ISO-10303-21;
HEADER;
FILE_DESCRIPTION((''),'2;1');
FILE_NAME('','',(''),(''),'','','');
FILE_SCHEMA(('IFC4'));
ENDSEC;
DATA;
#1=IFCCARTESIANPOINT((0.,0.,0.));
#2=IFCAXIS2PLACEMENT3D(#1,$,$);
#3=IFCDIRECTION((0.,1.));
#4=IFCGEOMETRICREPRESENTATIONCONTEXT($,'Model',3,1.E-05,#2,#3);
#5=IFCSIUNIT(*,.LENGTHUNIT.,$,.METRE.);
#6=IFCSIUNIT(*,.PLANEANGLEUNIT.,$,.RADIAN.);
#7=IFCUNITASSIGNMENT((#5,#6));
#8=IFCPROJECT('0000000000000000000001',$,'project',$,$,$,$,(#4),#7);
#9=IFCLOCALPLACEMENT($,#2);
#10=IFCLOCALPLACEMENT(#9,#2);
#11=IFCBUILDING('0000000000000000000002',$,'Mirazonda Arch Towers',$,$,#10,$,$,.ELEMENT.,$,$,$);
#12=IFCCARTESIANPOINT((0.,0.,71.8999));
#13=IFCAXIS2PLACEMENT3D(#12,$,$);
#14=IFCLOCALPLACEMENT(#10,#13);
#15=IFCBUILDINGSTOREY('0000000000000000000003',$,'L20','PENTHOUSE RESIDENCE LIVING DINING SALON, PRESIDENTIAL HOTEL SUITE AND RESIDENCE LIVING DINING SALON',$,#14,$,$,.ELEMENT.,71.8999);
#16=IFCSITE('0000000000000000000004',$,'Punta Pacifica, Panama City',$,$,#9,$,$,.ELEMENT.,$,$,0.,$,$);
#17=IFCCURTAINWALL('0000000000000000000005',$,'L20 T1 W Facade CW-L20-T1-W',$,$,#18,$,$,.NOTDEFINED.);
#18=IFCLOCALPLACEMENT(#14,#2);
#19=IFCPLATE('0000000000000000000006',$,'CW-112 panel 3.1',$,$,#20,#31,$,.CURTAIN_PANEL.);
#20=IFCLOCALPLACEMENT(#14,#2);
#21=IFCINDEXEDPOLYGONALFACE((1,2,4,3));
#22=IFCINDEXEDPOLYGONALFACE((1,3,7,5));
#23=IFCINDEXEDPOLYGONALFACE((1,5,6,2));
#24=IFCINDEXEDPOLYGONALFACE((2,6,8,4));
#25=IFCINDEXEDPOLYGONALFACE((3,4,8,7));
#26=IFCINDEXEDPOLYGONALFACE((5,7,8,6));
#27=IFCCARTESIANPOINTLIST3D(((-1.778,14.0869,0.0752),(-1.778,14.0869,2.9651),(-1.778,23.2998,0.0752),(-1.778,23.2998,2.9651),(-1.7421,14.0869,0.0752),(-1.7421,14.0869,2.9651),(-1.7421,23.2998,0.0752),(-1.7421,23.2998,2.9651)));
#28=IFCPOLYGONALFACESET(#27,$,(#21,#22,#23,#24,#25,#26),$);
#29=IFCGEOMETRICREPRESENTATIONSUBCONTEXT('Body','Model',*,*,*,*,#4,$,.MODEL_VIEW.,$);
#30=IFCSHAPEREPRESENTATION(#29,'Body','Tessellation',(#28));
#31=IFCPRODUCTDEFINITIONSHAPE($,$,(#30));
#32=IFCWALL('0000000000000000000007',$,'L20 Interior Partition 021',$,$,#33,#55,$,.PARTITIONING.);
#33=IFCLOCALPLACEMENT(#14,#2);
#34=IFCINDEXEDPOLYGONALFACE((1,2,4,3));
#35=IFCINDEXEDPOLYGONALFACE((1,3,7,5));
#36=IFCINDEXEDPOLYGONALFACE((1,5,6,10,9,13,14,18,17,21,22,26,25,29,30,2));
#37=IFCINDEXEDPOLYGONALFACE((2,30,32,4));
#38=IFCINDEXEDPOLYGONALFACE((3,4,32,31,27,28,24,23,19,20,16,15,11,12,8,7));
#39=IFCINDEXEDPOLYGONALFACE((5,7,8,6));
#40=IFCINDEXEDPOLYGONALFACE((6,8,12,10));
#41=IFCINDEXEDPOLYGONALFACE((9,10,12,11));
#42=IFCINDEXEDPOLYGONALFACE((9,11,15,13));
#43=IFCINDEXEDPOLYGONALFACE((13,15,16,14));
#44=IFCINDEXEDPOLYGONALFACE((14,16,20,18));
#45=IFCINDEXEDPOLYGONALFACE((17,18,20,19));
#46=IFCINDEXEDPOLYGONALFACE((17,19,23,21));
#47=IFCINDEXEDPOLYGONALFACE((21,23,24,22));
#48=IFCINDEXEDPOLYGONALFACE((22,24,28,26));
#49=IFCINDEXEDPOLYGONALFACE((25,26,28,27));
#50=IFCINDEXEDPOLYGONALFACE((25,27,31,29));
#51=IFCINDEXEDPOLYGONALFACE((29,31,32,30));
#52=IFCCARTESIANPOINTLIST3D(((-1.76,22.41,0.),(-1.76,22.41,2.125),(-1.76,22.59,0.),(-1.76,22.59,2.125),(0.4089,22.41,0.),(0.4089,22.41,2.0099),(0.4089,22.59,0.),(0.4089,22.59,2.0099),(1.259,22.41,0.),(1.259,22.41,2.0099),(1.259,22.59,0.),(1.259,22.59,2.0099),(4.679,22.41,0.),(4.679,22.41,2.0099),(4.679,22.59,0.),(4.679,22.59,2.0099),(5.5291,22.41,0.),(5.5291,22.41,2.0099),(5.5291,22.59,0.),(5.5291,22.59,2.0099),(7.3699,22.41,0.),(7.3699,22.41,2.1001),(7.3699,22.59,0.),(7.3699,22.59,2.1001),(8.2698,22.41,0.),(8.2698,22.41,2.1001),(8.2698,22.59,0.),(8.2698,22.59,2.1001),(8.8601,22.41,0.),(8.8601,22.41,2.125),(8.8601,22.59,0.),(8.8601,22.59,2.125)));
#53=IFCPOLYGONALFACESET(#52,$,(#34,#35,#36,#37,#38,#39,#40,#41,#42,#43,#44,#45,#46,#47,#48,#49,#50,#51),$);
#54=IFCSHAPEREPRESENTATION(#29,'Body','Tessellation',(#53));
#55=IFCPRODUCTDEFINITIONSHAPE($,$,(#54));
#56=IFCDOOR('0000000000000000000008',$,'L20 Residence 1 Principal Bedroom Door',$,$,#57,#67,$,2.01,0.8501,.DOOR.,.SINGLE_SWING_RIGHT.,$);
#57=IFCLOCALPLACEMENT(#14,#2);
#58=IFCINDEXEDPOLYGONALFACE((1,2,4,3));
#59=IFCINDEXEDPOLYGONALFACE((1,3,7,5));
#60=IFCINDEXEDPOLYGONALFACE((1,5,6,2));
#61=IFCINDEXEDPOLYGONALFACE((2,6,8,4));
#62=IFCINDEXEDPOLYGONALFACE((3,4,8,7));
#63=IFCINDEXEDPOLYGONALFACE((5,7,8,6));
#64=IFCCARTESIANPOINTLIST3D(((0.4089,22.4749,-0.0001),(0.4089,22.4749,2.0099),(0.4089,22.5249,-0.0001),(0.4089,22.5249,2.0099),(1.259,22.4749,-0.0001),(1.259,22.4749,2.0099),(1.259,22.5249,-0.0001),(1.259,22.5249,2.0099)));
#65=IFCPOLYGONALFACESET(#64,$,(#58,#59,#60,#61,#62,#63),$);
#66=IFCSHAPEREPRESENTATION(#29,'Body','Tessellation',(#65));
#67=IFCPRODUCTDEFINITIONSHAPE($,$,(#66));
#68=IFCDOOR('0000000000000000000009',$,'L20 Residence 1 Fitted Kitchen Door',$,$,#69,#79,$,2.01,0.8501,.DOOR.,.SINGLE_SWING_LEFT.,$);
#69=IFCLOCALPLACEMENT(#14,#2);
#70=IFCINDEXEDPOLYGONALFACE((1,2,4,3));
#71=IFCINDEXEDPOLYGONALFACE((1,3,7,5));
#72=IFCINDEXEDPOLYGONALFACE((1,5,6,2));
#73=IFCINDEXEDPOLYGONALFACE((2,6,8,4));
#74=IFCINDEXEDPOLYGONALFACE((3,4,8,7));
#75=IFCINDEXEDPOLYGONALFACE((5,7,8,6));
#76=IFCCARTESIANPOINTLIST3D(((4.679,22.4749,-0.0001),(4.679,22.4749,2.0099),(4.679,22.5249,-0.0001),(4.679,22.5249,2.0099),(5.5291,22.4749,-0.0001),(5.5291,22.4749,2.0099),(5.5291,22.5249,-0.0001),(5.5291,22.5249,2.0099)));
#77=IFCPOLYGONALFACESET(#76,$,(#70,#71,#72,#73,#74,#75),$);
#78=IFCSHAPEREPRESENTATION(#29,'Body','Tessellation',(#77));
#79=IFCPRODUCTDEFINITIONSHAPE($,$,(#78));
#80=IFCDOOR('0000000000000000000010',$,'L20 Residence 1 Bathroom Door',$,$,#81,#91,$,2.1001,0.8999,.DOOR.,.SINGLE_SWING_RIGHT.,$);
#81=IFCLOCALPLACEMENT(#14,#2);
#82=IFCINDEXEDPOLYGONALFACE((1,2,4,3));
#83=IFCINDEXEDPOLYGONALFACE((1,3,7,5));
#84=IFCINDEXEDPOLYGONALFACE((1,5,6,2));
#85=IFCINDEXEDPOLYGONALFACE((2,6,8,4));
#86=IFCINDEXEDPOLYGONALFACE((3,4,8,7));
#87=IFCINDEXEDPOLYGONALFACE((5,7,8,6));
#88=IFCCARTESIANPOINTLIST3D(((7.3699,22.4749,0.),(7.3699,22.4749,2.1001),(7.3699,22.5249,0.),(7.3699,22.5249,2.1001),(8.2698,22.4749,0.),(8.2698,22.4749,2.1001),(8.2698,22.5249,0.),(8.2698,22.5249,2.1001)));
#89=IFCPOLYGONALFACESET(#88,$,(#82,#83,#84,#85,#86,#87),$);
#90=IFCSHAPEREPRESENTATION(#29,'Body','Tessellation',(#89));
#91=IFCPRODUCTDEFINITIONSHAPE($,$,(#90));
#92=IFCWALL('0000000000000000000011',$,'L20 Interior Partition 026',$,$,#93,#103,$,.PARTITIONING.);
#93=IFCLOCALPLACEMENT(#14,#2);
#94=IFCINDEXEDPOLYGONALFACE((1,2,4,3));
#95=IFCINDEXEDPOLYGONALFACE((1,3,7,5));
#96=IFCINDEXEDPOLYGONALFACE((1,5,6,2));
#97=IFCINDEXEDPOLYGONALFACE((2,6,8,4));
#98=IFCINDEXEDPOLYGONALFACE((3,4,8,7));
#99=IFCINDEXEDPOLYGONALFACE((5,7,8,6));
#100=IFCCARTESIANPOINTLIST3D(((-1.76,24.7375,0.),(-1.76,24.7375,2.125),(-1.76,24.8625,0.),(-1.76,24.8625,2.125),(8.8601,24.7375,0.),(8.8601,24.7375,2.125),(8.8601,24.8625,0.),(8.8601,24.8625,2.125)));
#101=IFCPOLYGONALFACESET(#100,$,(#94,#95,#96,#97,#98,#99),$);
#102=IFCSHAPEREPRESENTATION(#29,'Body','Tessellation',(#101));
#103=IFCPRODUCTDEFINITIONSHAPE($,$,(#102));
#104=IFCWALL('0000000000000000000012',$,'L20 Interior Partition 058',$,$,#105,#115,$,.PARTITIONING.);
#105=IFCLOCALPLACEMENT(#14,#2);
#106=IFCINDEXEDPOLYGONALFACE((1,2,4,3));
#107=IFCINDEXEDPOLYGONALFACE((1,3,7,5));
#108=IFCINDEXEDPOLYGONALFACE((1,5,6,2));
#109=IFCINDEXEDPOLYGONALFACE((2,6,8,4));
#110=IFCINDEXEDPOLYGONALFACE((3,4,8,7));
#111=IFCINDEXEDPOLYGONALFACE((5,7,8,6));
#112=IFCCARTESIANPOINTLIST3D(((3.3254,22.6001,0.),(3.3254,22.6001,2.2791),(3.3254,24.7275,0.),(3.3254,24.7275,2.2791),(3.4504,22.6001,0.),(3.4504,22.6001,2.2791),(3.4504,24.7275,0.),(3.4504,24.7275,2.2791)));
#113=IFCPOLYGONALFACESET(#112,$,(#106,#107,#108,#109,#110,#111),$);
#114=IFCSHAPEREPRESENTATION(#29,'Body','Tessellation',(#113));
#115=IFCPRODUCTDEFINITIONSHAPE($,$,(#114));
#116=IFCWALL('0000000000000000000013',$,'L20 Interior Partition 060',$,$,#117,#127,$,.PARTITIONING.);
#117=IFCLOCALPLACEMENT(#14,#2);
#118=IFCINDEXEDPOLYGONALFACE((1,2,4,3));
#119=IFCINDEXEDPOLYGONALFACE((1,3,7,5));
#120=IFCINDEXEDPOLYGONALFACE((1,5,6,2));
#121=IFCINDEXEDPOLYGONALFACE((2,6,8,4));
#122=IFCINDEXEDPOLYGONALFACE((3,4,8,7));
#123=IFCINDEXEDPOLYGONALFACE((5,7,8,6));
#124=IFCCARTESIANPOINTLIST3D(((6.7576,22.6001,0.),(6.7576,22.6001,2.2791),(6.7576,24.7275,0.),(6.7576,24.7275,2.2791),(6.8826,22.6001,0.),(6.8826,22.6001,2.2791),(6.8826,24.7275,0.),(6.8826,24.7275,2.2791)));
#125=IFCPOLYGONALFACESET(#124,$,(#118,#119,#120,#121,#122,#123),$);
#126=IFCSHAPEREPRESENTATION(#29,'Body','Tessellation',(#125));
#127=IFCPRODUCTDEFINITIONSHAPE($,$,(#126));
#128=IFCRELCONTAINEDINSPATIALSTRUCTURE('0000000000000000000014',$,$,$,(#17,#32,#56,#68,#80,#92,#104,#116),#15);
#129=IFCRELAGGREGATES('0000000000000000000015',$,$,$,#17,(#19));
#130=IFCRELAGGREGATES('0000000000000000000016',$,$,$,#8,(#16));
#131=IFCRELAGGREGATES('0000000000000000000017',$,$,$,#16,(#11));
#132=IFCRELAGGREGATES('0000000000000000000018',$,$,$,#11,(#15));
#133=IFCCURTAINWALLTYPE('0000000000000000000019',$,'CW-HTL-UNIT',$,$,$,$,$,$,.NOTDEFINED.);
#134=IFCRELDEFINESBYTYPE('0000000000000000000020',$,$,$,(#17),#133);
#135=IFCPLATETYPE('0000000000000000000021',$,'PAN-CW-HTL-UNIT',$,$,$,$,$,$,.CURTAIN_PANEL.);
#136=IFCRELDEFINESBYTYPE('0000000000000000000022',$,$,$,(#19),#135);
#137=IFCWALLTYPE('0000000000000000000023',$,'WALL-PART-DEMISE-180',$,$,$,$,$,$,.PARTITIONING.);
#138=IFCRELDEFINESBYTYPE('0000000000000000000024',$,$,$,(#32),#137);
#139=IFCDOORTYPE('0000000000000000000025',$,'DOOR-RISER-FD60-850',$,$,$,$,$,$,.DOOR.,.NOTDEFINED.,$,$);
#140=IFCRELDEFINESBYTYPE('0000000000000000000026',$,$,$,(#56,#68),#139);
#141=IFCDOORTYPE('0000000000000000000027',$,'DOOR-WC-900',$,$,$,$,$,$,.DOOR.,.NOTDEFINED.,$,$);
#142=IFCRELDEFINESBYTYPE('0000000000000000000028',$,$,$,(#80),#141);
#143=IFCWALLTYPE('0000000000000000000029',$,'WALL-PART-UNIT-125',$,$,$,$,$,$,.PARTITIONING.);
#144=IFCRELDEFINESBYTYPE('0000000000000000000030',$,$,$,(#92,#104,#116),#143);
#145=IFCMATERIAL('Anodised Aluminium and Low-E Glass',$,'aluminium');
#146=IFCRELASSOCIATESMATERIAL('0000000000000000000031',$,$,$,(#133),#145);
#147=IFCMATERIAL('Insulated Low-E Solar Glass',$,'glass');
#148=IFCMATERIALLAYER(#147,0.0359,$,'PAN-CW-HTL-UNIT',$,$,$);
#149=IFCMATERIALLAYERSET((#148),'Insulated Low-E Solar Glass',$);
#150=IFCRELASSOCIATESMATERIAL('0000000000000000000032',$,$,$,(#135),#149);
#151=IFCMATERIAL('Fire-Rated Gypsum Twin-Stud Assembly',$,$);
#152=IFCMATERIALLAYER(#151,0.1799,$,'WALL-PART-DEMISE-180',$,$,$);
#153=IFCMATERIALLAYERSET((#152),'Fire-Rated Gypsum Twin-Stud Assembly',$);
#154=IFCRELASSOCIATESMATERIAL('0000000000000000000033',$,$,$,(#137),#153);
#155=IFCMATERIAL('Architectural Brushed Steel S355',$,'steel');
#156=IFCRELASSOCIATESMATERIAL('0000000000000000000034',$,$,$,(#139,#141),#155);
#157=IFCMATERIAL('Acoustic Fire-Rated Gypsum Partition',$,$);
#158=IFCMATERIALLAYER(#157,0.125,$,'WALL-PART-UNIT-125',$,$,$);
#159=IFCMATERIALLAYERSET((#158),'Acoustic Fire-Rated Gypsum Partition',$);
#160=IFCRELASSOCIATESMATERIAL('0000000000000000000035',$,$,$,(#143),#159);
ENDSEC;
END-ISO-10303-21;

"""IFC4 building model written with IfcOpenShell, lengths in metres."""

from ifc_helpers import new_model, si_unit, direction, frame, frame_2d, origin, origin_2d, place, context, subcontext, project, spatial, rectangle, extrude, material, layer, layer_set, type_object, element, fill, aggregate, save


model = new_model("IFC4")

# Units and contexts
model_context = context("Model", 3, precision=1e-05, world=origin(), true_north=direction((0.0, 1.0)))
body_context = subcontext(model_context, "Body", "Model", "MODEL_VIEW")
ifc_project = project(units=[si_unit("LENGTHUNIT", "METRE"), si_unit("PLANEANGLEUNIT", "RADIAN")], contexts=[model_context])

# Site, building, storey
site_placement = place(None, origin())
site = spatial("IfcSite", under=ifc_project, at=site_placement, Name="Punta Pacifica, Panama City", CompositionType="ELEMENT", RefElevation=0.0)
building_placement = place(site_placement, origin())
building = spatial("IfcBuilding", under=site, at=building_placement, Name="Mirazonda Arch Towers", CompositionType="ELEMENT")
storey_placement = place(building_placement, frame((0.0, 0.0, 71.8999)))
storey = spatial("IfcBuildingStorey", under=building, at=storey_placement, Name="L20", Description="PENTHOUSE RESIDENCE LIVING DINING SALON, PRESIDENTIAL HOTEL SUITE AND RESIDENCE LIVING DINING SALON", CompositionType="ELEMENT", Elevation=71.8999)

# Curtain wall, plate
ifc_material_1 = material(Name="Anodised Aluminium and Low-E Glass", Category="aluminium")
curtain_wall_type = type_object("IfcCurtainWallType", Name="CW-HTL-UNIT", PredefinedType="NOTDEFINED", material=ifc_material_1)
curtain_wall_placement = place(storey_placement, origin())
curtain_wall = element("IfcCurtainWall", 1, at=curtain_wall_placement, inside=storey, type_object=curtain_wall_type, Name="L20 T1 W Facade CW-L20-T1-W", PredefinedType="NOTDEFINED")
ifc_material_2 = material(Name="Insulated Low-E Solar Glass", Category="glass")
ifc_layer_1 = layer(ifc_material_2, 0.0359, Name="PAN-CW-HTL-UNIT")
ifc_layer_set_1 = layer_set([ifc_layer_1], Name="Insulated Low-E Solar Glass")
plate_type = type_object("IfcPlateType", Name="PAN-CW-HTL-UNIT", PredefinedType="CURTAIN_PANEL", material=ifc_layer_set_1)
plate_placement = place(storey_placement, frame((-1.76, 18.6934, 0.0752), z_axis=(0.0, 0.0, 1.0), x_axis=(0.0, -1.0, 0.0)))
plate = element("IfcPlate", 2, at=plate_placement, type_object=plate_type, Name="CW-112 panel 3.1", PredefinedType="CURTAIN_PANEL", context=body_context, shape_type="SweptSolid", body=[
    extrude(rectangle(XDim=9.2129, YDim=0.0359, at=origin_2d()), origin(), (0.0, 0.0, 1.0), 2.8899),
])
aggregate(curtain_wall, [plate])

# Wall, openings, doors
ifc_material_3 = material(Name="Fire-Rated Gypsum Twin-Stud Assembly")
ifc_layer_2 = layer(ifc_material_3, 0.1799, Name="WALL-PART-DEMISE-180")
ifc_layer_set_2 = layer_set([ifc_layer_2], Name="Fire-Rated Gypsum Twin-Stud Assembly")
wall_type_1 = type_object("IfcWallType", Name="WALL-PART-DEMISE-180", PredefinedType="PARTITIONING", material=ifc_layer_set_2)
wall_1_placement = place(storey_placement, frame((-1.76, 22.5, 0.0), z_axis=(0.0, 0.0, 1.0), x_axis=(1.0, 0.0, 0.0)))
wall_1 = element("IfcWall", 3, at=wall_1_placement, inside=storey, type_object=wall_type_1, Name="L20 Interior Partition 021", PredefinedType="PARTITIONING", context=body_context, shape_type="SweptSolid", body=[
    extrude(rectangle(XDim=10.6201, YDim=0.1799, at=frame_2d((5.3101, 0.0))), origin(), (0.0, 0.0, 1.0), 2.125),
])
opening_1_placement = place(wall_1_placement, frame((2.1689, 0.0, 0.0)))
opening_1 = element("IfcOpeningElement", 4, at=opening_1_placement, cuts=wall_1, PredefinedType="OPENING", context=body_context, shape_type="SweptSolid", body=[
    extrude(rectangle(XDim=0.8501, YDim=2.01, at=frame_2d((0.425, 1.0049))), frame((0.0, 0.0999, 0.0), z_axis=(0.0, -1.0, 0.0), x_axis=(1.0, 0.0, 0.0)), (0.0, 0.0, 1.0), 0.2),
])
opening_2_placement = place(wall_1_placement, frame((6.439, 0.0, 0.0)))
opening_2 = element("IfcOpeningElement", 5, at=opening_2_placement, cuts=wall_1, PredefinedType="OPENING", context=body_context, shape_type="SweptSolid", body=[
    extrude(rectangle(XDim=0.8501, YDim=2.01, at=frame_2d((0.425, 1.0049))), frame((0.0, 0.0999, 0.0), z_axis=(0.0, -1.0, 0.0), x_axis=(1.0, 0.0, 0.0)), (0.0, 0.0, 1.0), 0.2),
])
opening_3_placement = place(wall_1_placement, frame((9.1299, 0.0, 0.0)))
opening_3 = element("IfcOpeningElement", 6, at=opening_3_placement, cuts=wall_1, PredefinedType="OPENING", context=body_context, shape_type="SweptSolid", body=[
    extrude(rectangle(XDim=0.8999, YDim=2.1001, at=frame_2d((0.45, 1.05))), frame((0.0, 0.0999, 0.0), z_axis=(0.0, -1.0, 0.0), x_axis=(1.0, 0.0, 0.0)), (0.0, 0.0, 1.0), 0.2),
])
ifc_material_4 = material(Name="Architectural Brushed Steel S355", Category="steel")
door_type_1 = type_object("IfcDoorType", Name="DOOR-RISER-FD60-850", OperationType="NOTDEFINED", PredefinedType="DOOR", material=ifc_material_4)
door_1_placement = place(opening_1_placement, origin())
door_1 = element("IfcDoor", 7, at=door_1_placement, inside=storey, type_object=door_type_1, Name="L20 Residence 1 Principal Bedroom Door", OperationType="SINGLE_SWING_RIGHT", OverallHeight=2.01, OverallWidth=0.8501, PredefinedType="DOOR", context=body_context, shape_type="SweptSolid", body=[
    extrude(rectangle(XDim=0.8501, YDim=2.01, at=frame_2d((0.425, 1.0049))), frame((0.0, 0.0249, 0.0), z_axis=(0.0, -1.0, 0.0), x_axis=(1.0, 0.0, 0.0)), (0.0, 0.0, 1.0), 0.05),
])
fill(opening_1, door_1)
door_2_placement = place(opening_2_placement, origin())
door_2 = element("IfcDoor", 8, at=door_2_placement, inside=storey, type_object=door_type_1, Name="L20 Residence 1 Fitted Kitchen Door", OperationType="SINGLE_SWING_LEFT", OverallHeight=2.01, OverallWidth=0.8501, PredefinedType="DOOR", context=body_context, shape_type="SweptSolid", body=[
    extrude(rectangle(XDim=0.8501, YDim=2.01, at=frame_2d((0.425, 1.0049))), frame((0.0, 0.0249, 0.0), z_axis=(0.0, -1.0, 0.0), x_axis=(1.0, 0.0, 0.0)), (0.0, 0.0, 1.0), 0.05),
])
fill(opening_2, door_2)
door_type_2 = type_object("IfcDoorType", Name="DOOR-WC-900", OperationType="NOTDEFINED", PredefinedType="DOOR", material=ifc_material_4)
door_3_placement = place(opening_3_placement, origin())
door_3 = element("IfcDoor", 9, at=door_3_placement, inside=storey, type_object=door_type_2, Name="L20 Residence 1 Bathroom Door", OperationType="SINGLE_SWING_RIGHT", OverallHeight=2.1001, OverallWidth=0.8999, PredefinedType="DOOR", context=body_context, shape_type="SweptSolid", body=[
    extrude(rectangle(XDim=0.8999, YDim=2.1001, at=frame_2d((0.45, 1.05))), frame((0.0, 0.0249, 0.0), z_axis=(0.0, -1.0, 0.0), x_axis=(1.0, 0.0, 0.0)), (0.0, 0.0, 1.0), 0.05),
])
fill(opening_3, door_3)

# Walls
ifc_material_5 = material(Name="Acoustic Fire-Rated Gypsum Partition")
ifc_layer_3 = layer(ifc_material_5, 0.125, Name="WALL-PART-UNIT-125")
ifc_layer_set_3 = layer_set([ifc_layer_3], Name="Acoustic Fire-Rated Gypsum Partition")
wall_type_2 = type_object("IfcWallType", Name="WALL-PART-UNIT-125", PredefinedType="PARTITIONING", material=ifc_layer_set_3)
wall_2_placement = place(storey_placement, frame((-1.76, 24.8, 0.0), z_axis=(0.0, 0.0, 1.0), x_axis=(1.0, 0.0, 0.0)))
element("IfcWall", 10, at=wall_2_placement, inside=storey, type_object=wall_type_2, Name="L20 Interior Partition 026", PredefinedType="PARTITIONING", context=body_context, shape_type="SweptSolid", body=[
    extrude(rectangle(XDim=10.6201, YDim=0.125, at=frame_2d((5.3101, 0.0))), origin(), (0.0, 0.0, 1.0), 2.125),
])
for number, where, z_axis, x_axis, name in (
    (11, (3.3879, 22.6001, 0.0), (0.0, 0.0, 1.0), (0.0, 1.0, 0.0), "L20 Interior Partition 058"),
    (12, (6.8201, 22.6001, 0.0), (0.0, 0.0, 1.0), (0.0, 1.0, 0.0), "L20 Interior Partition 060"),
):
    element("IfcWall", number, at=place(storey_placement, frame(where, z_axis=z_axis, x_axis=x_axis)), inside=storey, type_object=wall_type_2, Name=name, PredefinedType="PARTITIONING", context=body_context, shape_type="SweptSolid", body=[
        extrude(rectangle(XDim=2.1274, YDim=0.125, at=frame_2d((1.0637, 0.0))), origin(), (0.0, 0.0, 1.0), 2.2791),
    ])

save(model, "model.ifc")
